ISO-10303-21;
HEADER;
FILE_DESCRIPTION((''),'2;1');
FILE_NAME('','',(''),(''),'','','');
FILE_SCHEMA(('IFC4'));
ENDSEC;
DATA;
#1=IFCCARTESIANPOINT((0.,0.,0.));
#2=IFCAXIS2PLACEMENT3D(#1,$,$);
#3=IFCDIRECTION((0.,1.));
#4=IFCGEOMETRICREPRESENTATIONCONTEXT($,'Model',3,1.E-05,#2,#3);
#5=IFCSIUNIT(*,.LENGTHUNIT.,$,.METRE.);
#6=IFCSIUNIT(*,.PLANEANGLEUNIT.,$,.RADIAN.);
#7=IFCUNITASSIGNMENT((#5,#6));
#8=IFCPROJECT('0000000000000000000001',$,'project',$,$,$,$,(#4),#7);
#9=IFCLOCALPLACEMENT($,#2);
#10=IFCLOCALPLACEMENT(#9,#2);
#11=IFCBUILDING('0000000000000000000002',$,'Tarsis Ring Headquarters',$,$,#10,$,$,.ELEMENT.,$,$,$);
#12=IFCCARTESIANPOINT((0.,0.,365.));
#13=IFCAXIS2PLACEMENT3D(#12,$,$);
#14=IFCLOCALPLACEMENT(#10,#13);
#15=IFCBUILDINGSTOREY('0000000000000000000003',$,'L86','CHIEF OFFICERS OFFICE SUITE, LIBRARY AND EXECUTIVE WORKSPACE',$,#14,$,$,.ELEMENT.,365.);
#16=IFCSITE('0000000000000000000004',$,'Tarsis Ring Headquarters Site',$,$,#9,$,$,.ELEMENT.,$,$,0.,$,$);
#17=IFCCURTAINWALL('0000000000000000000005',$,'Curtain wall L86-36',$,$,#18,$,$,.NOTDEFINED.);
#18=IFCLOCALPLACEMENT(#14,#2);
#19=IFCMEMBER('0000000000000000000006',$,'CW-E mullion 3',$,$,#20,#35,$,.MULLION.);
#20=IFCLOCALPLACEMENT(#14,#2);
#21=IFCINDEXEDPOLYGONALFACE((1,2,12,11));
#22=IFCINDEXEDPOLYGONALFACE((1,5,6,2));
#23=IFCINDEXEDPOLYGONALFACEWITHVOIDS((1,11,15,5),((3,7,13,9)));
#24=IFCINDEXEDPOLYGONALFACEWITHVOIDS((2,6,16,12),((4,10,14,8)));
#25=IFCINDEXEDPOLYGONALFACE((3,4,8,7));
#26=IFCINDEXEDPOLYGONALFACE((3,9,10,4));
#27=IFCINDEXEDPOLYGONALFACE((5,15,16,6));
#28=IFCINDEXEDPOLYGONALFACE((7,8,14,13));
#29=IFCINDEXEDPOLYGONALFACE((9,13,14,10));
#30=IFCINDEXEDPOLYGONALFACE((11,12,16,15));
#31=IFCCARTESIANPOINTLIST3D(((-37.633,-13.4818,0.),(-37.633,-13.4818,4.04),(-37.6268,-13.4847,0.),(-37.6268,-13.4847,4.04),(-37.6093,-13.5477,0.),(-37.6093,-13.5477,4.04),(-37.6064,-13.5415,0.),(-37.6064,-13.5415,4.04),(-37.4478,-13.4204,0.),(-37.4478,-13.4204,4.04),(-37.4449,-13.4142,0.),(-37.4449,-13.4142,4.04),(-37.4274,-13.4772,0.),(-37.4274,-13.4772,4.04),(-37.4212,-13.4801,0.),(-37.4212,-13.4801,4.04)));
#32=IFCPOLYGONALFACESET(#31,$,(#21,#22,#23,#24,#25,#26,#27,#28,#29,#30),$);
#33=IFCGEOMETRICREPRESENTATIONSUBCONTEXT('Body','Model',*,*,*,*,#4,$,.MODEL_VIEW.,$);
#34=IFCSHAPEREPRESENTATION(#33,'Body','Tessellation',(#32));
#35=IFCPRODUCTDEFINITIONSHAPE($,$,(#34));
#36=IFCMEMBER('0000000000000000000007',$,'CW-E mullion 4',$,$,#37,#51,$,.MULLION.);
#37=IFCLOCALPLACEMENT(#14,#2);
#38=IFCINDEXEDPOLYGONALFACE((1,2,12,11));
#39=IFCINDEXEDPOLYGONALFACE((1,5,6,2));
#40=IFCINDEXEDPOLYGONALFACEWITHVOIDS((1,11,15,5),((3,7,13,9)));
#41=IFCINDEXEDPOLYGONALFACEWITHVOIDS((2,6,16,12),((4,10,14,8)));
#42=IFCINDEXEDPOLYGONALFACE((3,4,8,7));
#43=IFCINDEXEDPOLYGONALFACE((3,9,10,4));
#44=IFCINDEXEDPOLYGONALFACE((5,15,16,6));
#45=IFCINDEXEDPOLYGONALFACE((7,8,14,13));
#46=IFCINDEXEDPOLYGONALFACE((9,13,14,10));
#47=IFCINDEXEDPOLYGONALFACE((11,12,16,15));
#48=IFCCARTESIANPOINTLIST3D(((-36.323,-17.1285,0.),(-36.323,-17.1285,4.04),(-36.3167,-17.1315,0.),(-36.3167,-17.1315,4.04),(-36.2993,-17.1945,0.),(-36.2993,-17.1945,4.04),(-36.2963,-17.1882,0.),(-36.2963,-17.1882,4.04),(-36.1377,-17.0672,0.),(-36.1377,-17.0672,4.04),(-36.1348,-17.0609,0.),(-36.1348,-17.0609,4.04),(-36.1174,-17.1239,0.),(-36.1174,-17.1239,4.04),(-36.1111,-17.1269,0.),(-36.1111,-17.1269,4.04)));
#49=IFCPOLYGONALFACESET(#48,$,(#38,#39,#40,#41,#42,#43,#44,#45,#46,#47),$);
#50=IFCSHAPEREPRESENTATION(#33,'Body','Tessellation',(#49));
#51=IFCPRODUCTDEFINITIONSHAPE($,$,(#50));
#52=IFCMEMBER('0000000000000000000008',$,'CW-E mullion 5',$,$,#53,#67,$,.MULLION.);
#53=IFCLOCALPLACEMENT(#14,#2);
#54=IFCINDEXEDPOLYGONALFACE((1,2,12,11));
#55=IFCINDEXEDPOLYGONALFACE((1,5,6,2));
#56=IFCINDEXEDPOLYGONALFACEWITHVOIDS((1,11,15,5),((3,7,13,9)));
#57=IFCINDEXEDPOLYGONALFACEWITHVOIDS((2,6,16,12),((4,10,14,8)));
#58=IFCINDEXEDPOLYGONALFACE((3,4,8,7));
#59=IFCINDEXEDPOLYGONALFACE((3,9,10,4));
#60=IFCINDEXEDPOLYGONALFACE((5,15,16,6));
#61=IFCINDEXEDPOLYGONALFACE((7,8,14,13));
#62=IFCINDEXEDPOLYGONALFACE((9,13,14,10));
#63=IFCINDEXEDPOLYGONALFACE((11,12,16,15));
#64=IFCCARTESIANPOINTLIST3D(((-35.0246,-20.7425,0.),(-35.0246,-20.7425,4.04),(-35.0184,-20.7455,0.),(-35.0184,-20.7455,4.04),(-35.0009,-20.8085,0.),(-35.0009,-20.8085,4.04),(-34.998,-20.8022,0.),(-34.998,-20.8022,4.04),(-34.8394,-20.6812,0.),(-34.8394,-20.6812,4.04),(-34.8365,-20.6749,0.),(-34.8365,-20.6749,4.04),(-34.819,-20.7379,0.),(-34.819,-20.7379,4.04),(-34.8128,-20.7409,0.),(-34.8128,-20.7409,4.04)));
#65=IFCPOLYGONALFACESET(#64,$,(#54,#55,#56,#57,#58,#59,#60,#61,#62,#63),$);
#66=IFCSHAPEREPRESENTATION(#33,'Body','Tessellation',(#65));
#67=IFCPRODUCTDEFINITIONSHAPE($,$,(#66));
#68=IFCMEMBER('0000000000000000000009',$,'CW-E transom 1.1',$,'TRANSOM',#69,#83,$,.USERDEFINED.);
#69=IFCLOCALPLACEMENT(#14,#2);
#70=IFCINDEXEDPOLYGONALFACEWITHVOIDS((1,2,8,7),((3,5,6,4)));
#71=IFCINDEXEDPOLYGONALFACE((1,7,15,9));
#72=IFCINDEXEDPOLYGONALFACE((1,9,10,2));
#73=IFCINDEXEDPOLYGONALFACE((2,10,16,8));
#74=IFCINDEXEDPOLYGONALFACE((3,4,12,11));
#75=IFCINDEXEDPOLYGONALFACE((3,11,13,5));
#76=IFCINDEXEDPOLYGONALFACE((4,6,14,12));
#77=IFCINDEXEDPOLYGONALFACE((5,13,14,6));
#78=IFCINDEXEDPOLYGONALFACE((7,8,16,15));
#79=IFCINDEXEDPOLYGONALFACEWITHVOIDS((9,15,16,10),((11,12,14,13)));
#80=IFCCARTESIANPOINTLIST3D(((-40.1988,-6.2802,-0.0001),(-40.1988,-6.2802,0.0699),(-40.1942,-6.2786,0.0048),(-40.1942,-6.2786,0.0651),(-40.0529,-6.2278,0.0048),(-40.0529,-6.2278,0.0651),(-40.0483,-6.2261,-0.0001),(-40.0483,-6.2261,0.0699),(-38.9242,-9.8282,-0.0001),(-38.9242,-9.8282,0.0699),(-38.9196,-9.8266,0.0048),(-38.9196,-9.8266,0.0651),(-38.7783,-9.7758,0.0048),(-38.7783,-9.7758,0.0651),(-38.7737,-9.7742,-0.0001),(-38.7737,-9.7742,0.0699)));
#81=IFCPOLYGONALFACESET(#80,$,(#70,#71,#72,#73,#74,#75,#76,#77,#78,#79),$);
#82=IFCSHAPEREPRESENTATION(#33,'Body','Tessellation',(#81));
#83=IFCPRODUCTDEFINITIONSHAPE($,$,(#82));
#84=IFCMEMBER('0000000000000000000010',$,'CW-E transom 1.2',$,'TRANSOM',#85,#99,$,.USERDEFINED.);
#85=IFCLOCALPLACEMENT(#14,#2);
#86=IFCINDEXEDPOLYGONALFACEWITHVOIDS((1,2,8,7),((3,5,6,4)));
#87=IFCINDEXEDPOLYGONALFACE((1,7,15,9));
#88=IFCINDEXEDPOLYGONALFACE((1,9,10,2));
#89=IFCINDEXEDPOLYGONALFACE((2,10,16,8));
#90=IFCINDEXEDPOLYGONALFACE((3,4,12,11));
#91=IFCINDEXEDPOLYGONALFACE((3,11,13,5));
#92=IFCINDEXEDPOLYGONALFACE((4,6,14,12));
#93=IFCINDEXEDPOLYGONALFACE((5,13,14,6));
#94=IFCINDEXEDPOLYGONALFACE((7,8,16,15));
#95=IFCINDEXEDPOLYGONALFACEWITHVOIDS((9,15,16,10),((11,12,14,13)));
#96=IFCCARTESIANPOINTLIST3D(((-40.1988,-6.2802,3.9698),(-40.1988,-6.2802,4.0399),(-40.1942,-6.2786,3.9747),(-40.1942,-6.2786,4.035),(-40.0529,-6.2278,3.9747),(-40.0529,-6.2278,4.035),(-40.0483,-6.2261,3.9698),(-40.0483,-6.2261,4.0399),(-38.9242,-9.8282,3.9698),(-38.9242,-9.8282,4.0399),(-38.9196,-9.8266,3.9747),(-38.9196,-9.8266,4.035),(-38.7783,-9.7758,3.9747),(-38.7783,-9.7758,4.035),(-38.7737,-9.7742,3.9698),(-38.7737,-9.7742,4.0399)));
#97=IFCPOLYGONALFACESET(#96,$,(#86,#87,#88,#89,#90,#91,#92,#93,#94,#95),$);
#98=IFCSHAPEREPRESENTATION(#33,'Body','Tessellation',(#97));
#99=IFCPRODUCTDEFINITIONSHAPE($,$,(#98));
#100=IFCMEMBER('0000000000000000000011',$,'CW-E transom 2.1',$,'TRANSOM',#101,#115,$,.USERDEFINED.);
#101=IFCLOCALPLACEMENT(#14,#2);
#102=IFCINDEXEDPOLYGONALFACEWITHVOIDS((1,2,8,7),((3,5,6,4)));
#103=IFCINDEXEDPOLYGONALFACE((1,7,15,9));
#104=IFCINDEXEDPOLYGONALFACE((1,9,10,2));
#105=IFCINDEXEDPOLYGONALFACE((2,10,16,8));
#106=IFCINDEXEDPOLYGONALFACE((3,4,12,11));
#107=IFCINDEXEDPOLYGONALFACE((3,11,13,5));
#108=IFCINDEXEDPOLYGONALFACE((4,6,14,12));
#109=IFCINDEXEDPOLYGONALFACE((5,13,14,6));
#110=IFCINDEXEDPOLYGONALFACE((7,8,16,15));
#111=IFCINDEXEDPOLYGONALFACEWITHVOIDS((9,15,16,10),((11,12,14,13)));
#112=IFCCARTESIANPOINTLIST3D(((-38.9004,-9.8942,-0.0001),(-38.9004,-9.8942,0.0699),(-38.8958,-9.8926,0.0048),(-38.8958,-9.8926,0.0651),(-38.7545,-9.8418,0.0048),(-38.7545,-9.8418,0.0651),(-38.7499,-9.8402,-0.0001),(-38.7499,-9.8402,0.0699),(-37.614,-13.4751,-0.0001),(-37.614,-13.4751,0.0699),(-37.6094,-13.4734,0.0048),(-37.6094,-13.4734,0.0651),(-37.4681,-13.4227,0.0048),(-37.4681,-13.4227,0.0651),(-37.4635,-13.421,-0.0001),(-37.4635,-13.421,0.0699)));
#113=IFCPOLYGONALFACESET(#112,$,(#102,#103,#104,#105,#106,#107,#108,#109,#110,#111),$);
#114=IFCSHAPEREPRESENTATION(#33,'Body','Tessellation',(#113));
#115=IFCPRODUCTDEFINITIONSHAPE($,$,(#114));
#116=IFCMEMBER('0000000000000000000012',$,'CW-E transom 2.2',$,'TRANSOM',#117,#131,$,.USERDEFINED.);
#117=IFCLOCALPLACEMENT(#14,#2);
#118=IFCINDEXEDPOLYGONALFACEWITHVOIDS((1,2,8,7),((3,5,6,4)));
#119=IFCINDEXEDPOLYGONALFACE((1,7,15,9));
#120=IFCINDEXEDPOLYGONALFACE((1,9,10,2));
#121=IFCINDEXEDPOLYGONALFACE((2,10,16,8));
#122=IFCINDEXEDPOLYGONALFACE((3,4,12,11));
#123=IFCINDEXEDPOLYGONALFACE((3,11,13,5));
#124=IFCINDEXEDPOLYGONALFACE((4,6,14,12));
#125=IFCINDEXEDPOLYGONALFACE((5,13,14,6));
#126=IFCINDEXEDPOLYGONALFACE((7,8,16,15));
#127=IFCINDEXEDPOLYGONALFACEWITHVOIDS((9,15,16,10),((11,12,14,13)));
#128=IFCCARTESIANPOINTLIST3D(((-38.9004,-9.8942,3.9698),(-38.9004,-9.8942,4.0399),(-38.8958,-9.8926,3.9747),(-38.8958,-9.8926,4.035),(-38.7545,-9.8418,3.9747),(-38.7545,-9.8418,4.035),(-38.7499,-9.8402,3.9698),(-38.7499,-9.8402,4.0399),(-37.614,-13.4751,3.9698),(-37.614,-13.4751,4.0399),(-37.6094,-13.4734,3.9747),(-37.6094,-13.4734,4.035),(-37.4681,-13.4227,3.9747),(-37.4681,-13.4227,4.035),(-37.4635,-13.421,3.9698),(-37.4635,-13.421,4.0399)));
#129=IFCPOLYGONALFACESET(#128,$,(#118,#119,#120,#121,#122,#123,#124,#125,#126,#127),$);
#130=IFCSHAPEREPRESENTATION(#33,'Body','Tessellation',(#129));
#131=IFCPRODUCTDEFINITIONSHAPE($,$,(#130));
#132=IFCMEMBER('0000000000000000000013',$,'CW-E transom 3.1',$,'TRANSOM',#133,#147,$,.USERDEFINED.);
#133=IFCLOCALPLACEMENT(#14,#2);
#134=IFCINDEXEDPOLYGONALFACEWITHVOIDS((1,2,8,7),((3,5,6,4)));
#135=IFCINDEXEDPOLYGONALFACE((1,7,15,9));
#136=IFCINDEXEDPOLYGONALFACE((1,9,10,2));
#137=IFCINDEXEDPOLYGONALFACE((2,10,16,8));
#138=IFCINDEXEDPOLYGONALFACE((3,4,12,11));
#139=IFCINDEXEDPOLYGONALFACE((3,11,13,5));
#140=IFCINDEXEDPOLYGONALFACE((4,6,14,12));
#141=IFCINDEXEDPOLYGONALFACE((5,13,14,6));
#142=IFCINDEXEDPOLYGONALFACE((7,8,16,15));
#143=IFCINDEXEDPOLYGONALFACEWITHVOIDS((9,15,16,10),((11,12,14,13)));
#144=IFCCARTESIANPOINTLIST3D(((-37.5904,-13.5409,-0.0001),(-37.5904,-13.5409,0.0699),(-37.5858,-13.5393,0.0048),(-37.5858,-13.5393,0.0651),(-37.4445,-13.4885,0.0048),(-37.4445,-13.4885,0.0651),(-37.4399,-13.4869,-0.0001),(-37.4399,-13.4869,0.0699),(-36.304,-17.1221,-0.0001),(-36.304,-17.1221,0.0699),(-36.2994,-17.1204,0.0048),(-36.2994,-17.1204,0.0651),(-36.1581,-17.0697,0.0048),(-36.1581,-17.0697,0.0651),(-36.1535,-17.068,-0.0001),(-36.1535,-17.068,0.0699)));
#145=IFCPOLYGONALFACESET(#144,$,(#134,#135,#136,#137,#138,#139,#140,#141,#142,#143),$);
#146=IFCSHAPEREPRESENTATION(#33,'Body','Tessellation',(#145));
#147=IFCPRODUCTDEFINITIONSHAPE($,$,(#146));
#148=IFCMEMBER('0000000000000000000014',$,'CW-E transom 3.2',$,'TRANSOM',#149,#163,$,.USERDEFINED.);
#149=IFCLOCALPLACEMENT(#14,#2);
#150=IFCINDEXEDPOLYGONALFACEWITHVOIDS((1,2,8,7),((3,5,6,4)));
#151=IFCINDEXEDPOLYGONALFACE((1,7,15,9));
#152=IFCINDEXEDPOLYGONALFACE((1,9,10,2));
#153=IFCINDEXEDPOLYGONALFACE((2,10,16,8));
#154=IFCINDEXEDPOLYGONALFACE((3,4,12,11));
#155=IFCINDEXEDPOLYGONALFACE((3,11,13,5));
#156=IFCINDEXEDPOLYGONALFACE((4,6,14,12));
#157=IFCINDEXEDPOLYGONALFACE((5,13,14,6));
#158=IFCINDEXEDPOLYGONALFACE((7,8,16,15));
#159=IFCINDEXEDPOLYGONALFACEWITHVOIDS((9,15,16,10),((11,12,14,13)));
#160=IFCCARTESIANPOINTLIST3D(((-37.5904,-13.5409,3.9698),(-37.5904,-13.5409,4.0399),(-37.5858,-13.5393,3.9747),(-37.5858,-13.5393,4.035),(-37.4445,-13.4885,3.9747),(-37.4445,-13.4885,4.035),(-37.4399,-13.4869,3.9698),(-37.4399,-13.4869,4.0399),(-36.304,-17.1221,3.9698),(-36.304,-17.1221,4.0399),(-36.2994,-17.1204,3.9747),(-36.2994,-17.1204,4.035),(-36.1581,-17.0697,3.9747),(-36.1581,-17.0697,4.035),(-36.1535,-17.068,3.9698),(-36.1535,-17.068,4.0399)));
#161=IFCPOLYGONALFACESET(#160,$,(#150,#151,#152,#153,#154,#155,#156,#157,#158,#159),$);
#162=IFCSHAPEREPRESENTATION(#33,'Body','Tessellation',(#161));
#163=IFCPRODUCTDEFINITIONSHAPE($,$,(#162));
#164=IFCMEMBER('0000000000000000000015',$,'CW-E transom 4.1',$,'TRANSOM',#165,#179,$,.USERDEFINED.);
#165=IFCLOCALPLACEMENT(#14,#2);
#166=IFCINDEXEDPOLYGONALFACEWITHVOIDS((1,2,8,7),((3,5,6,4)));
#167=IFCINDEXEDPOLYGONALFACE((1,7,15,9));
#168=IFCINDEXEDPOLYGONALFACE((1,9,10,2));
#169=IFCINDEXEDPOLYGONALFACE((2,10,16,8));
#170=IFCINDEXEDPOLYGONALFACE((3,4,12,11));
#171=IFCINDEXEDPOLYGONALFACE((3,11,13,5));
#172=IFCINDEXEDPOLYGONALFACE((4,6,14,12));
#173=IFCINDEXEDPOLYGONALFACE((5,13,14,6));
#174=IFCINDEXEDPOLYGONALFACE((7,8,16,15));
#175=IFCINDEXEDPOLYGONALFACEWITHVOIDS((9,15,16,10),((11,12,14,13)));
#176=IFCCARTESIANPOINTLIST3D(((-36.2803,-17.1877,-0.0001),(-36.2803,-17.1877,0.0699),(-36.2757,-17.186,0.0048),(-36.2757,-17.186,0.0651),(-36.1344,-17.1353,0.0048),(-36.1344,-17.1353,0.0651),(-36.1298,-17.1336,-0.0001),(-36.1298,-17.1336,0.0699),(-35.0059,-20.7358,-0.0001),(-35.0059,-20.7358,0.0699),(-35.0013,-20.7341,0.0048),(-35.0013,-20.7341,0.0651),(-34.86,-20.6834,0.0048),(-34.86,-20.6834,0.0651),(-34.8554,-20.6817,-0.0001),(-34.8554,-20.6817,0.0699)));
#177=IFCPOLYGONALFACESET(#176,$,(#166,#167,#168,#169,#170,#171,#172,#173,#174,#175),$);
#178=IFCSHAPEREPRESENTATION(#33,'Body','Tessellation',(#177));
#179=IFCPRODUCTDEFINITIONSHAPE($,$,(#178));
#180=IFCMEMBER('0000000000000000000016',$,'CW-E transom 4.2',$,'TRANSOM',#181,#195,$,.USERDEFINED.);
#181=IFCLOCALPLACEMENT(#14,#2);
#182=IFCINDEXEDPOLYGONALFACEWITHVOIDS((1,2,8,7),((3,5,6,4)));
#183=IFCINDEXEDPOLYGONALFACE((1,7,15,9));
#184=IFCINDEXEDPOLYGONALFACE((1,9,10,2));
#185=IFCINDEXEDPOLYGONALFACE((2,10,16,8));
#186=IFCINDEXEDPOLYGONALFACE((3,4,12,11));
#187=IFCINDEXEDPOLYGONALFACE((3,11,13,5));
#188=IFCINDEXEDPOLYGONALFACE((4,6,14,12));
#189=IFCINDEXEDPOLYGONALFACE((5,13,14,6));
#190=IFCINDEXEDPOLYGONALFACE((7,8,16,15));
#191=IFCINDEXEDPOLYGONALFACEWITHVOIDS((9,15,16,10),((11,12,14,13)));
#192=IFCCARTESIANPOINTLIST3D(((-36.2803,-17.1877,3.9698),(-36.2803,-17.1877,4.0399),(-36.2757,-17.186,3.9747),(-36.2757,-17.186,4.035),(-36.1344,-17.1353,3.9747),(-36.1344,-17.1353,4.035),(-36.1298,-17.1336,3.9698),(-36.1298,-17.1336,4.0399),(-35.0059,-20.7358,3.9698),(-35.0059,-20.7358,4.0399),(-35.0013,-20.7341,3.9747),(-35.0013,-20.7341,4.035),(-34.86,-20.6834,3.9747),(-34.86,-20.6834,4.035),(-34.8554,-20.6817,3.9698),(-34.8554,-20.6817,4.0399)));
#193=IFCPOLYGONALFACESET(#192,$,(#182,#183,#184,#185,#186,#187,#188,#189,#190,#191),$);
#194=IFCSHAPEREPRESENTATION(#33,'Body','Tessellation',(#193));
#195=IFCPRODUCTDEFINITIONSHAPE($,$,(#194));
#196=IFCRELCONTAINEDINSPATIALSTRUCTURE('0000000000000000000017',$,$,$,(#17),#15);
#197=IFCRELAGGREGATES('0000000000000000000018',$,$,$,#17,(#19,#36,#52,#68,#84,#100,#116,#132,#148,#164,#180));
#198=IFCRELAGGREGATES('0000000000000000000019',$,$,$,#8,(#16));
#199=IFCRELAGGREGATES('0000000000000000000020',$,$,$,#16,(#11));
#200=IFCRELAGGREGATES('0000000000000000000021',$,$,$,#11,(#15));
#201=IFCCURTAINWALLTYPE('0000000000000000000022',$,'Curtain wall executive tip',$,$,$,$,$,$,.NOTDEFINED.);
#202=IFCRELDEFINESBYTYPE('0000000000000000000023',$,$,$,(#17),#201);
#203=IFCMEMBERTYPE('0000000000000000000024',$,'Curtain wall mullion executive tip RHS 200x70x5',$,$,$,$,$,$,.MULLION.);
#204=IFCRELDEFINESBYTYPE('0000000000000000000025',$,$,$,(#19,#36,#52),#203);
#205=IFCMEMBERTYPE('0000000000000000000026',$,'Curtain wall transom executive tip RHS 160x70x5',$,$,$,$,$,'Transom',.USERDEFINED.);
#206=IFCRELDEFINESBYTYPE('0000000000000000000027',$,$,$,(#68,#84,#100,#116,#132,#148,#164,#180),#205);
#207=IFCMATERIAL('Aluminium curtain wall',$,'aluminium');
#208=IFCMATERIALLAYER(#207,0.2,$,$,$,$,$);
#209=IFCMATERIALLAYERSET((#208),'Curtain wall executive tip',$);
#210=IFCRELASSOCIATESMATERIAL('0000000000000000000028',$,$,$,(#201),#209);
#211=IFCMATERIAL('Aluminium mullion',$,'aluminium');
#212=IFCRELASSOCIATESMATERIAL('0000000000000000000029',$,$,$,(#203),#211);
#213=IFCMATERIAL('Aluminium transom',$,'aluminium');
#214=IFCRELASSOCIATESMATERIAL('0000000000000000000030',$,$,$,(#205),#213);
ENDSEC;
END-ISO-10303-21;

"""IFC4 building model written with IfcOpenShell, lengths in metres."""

from ifc_helpers import new_model, si_unit, direction, frame, origin, origin_2d, place, context, subcontext, project, spatial, hollow_rectangle, extrude, material, layer, layer_set, material_profile, profile_set, type_object, element, aggregate, save


model = new_model("IFC4")

# Units and contexts
model_context = context("Model", 3, precision=1e-05, world=origin(), true_north=direction((0.0, 1.0)))
body_context = subcontext(model_context, "Body", "Model", "MODEL_VIEW")
ifc_project = project(units=[si_unit("LENGTHUNIT", "METRE"), si_unit("PLANEANGLEUNIT", "RADIAN")], contexts=[model_context])

# Site, building, storey
site_placement = place(None, origin())
site = spatial("IfcSite", under=ifc_project, at=site_placement, Name="Tarsis Ring Headquarters Site", CompositionType="ELEMENT", RefElevation=0.0)
building_placement = place(site_placement, origin())
building = spatial("IfcBuilding", under=site, at=building_placement, Name="Tarsis Ring Headquarters", CompositionType="ELEMENT")
storey_placement = place(building_placement, frame((0.0, 0.0, 365.0)))
storey = spatial("IfcBuildingStorey", under=building, at=storey_placement, Name="L86", Description="CHIEF OFFICERS OFFICE SUITE, LIBRARY AND EXECUTIVE WORKSPACE", CompositionType="ELEMENT", Elevation=365.0)

# Curtain wall, members
ifc_material_1 = material(Name="Aluminium curtain wall", Category="aluminium")
ifc_layer_1 = layer(ifc_material_1, 0.2)
ifc_layer_set_1 = layer_set([ifc_layer_1], Name="Curtain wall executive tip")
curtain_wall_type = type_object("IfcCurtainWallType", Name="Curtain wall executive tip", PredefinedType="NOTDEFINED", material=ifc_layer_set_1)
curtain_wall_placement = place(storey_placement, origin())
curtain_wall = element("IfcCurtainWall", 1, at=curtain_wall_placement, inside=storey, type_object=curtain_wall_type, Name="Curtain wall L86-36", PredefinedType="NOTDEFINED")
ifc_material_2 = material(Name="Aluminium mullion", Category="aluminium")
ifc_material_profile_1 = material_profile(ifc_material_2, hollow_rectangle(XDim=0.2, YDim=0.0701, WallThickness=0.0049, at=origin_2d()), Name="RHS 200x70x5")
ifc_profile_set_1 = profile_set([ifc_material_profile_1], Name="Aluminium mullion")
member_type_1 = type_object("IfcMemberType", Name="Curtain wall mullion executive tip RHS 200x70x5", PredefinedType="MULLION", material=ifc_profile_set_1)
member_1_placement = place(storey_placement, frame((-37.5271, -13.481, 0.0), z_axis=(0.0, 0.0, 1.0), x_axis=(0.941117, 0.338081, 0.0)))
member_1 = element("IfcMember", 2, at=member_1_placement, type_object=member_type_1, Name="CW-E mullion 3", PredefinedType="MULLION", context=body_context, shape_type="SweptSolid", body=[
    extrude(hollow_rectangle(XDim=0.2, YDim=0.0701, WallThickness=0.0049, at=origin_2d()), origin(), (0.0, 0.0, 1.0), 4.04),
])
member_2_placement = place(storey_placement, frame((-36.217, -17.1277, 0.0), z_axis=(0.0, 0.0, 1.0), x_axis=(0.941117, 0.338081, 0.0)))
member_2 = element("IfcMember", 3, at=member_2_placement, type_object=member_type_1, Name="CW-E mullion 4", PredefinedType="MULLION", context=body_context, shape_type="SweptSolid", body=[
    extrude(hollow_rectangle(XDim=0.2, YDim=0.0701, WallThickness=0.0049, at=origin_2d()), origin(), (0.0, 0.0, 1.0), 4.04),
])
member_3_placement = place(storey_placement, frame((-34.9187, -20.7417, 0.0), z_axis=(0.0, 0.0, 1.0), x_axis=(0.941117, 0.338081, 0.0)))
member_3 = element("IfcMember", 4, at=member_3_placement, type_object=member_type_1, Name="CW-E mullion 5", PredefinedType="MULLION", context=body_context, shape_type="SweptSolid", body=[
    extrude(hollow_rectangle(XDim=0.2, YDim=0.0701, WallThickness=0.0049, at=origin_2d()), origin(), (0.0, 0.0, 1.0), 4.04),
])
ifc_material_3 = material(Name="Aluminium transom", Category="aluminium")
ifc_material_profile_2 = material_profile(ifc_material_3, hollow_rectangle(XDim=0.1599, YDim=0.0701, WallThickness=0.0049, at=origin_2d()), Name="RHS 160x70x5")
ifc_profile_set_2 = profile_set([ifc_material_profile_2], Name="Aluminium transom")
member_type_2 = type_object("IfcMemberType", Name="Curtain wall transom executive tip RHS 160x70x5", ElementType="Transom", PredefinedType="USERDEFINED", material=ifc_profile_set_2)
member_4_placement = place(storey_placement, frame((-40.1235, -6.2532, 0.0349), z_axis=(0.338096, -0.941112, 0.0), x_axis=(0.941112, 0.338096, 0.0)))
member_4 = element("IfcMember", 5, at=member_4_placement, type_object=member_type_2, Name="CW-E transom 1.1", ObjectType="TRANSOM", PredefinedType="USERDEFINED", context=body_context, shape_type="SweptSolid", body=[
    extrude(hollow_rectangle(XDim=0.1599, YDim=0.0701, WallThickness=0.0049, at=origin_2d()), origin(), (0.0, 0.0, 1.0), 3.77),
])
member_5_placement = place(storey_placement, frame((-40.1235, -6.2532, 4.0049), z_axis=(0.338096, -0.941112, 0.0), x_axis=(0.941112, 0.338096, 0.0)))
member_5 = element("IfcMember", 6, at=member_5_placement, type_object=member_type_2, Name="CW-E transom 1.2", ObjectType="TRANSOM", PredefinedType="USERDEFINED", context=body_context, shape_type="SweptSolid", body=[
    extrude(hollow_rectangle(XDim=0.1599, YDim=0.0701, WallThickness=0.0049, at=origin_2d()), origin(), (0.0, 0.0, 1.0), 3.77),
])
member_6_placement = place(storey_placement, frame((-38.8252, -9.8672, 0.0349), z_axis=(0.338088, -0.941115, 0.0), x_axis=(0.941115, 0.338088, 0.0)))
member_6 = element("IfcMember", 7, at=member_6_placement, type_object=member_type_2, Name="CW-E transom 2.1", ObjectType="TRANSOM", PredefinedType="USERDEFINED", context=body_context, shape_type="SweptSolid", body=[
    extrude(hollow_rectangle(XDim=0.1599, YDim=0.0701, WallThickness=0.0049, at=origin_2d()), origin(), (0.0, 0.0, 1.0), 3.8049),
])
member_7_placement = place(storey_placement, frame((-38.8252, -9.8672, 4.0049), z_axis=(0.338088, -0.941115, 0.0), x_axis=(0.941115, 0.338088, 0.0)))
member_7 = element("IfcMember", 8, at=member_7_placement, type_object=member_type_2, Name="CW-E transom 2.2", ObjectType="TRANSOM", PredefinedType="USERDEFINED", context=body_context, shape_type="SweptSolid", body=[
    extrude(hollow_rectangle(XDim=0.1599, YDim=0.0701, WallThickness=0.0049, at=origin_2d()), origin(), (0.0, 0.0, 1.0), 3.8049),
])
member_8_placement = place(storey_placement, frame((-37.5151, -13.5139, 0.0349), z_axis=(0.338067, -0.941122, 0.0), x_axis=(0.941122, 0.338067, 0.0)))
member_8 = element("IfcMember", 9, at=member_8_placement, type_object=member_type_2, Name="CW-E transom 3.1", ObjectType="TRANSOM", PredefinedType="USERDEFINED", context=body_context, shape_type="SweptSolid", body=[
    extrude(hollow_rectangle(XDim=0.1599, YDim=0.0701, WallThickness=0.0049, at=origin_2d()), origin(), (0.0, 0.0, 1.0), 3.8052),
])
member_9_placement = place(storey_placement, frame((-37.5151, -13.5139, 4.0049), z_axis=(0.338067, -0.941122, 0.0), x_axis=(0.941122, 0.338067, 0.0)))
member_9 = element("IfcMember", 10, at=member_9_placement, type_object=member_type_2, Name="CW-E transom 3.2", ObjectType="TRANSOM", PredefinedType="USERDEFINED", context=body_context, shape_type="SweptSolid", body=[
    extrude(hollow_rectangle(XDim=0.1599, YDim=0.0701, WallThickness=0.0049, at=origin_2d()), origin(), (0.0, 0.0, 1.0), 3.8052),
])
member_10_placement = place(storey_placement, frame((-36.2051, -17.1606, 0.0349), z_axis=(0.338038, -0.941132, 0.0), x_axis=(0.941132, 0.338038, 0.0)))
member_10 = element("IfcMember", 11, at=member_10_placement, type_object=member_type_2, Name="CW-E transom 4.1", ObjectType="TRANSOM", PredefinedType="USERDEFINED", context=body_context, shape_type="SweptSolid", body=[
    extrude(hollow_rectangle(XDim=0.1599, YDim=0.0701, WallThickness=0.0049, at=origin_2d()), origin(), (0.0, 0.0, 1.0), 3.77),
])
member_11_placement = place(storey_placement, frame((-36.2051, -17.1606, 4.0049), z_axis=(0.338038, -0.941132, 0.0), x_axis=(0.941132, 0.338038, 0.0)))
member_11 = element("IfcMember", 12, at=member_11_placement, type_object=member_type_2, Name="CW-E transom 4.2", ObjectType="TRANSOM", PredefinedType="USERDEFINED", context=body_context, shape_type="SweptSolid", body=[
    extrude(hollow_rectangle(XDim=0.1599, YDim=0.0701, WallThickness=0.0049, at=origin_2d()), origin(), (0.0, 0.0, 1.0), 3.77),
])

aggregate(curtain_wall, [member_1, member_2, member_3, member_4, member_5, member_6, member_7, member_8, member_9, member_10, member_11])

save(model, "model.ifc")
